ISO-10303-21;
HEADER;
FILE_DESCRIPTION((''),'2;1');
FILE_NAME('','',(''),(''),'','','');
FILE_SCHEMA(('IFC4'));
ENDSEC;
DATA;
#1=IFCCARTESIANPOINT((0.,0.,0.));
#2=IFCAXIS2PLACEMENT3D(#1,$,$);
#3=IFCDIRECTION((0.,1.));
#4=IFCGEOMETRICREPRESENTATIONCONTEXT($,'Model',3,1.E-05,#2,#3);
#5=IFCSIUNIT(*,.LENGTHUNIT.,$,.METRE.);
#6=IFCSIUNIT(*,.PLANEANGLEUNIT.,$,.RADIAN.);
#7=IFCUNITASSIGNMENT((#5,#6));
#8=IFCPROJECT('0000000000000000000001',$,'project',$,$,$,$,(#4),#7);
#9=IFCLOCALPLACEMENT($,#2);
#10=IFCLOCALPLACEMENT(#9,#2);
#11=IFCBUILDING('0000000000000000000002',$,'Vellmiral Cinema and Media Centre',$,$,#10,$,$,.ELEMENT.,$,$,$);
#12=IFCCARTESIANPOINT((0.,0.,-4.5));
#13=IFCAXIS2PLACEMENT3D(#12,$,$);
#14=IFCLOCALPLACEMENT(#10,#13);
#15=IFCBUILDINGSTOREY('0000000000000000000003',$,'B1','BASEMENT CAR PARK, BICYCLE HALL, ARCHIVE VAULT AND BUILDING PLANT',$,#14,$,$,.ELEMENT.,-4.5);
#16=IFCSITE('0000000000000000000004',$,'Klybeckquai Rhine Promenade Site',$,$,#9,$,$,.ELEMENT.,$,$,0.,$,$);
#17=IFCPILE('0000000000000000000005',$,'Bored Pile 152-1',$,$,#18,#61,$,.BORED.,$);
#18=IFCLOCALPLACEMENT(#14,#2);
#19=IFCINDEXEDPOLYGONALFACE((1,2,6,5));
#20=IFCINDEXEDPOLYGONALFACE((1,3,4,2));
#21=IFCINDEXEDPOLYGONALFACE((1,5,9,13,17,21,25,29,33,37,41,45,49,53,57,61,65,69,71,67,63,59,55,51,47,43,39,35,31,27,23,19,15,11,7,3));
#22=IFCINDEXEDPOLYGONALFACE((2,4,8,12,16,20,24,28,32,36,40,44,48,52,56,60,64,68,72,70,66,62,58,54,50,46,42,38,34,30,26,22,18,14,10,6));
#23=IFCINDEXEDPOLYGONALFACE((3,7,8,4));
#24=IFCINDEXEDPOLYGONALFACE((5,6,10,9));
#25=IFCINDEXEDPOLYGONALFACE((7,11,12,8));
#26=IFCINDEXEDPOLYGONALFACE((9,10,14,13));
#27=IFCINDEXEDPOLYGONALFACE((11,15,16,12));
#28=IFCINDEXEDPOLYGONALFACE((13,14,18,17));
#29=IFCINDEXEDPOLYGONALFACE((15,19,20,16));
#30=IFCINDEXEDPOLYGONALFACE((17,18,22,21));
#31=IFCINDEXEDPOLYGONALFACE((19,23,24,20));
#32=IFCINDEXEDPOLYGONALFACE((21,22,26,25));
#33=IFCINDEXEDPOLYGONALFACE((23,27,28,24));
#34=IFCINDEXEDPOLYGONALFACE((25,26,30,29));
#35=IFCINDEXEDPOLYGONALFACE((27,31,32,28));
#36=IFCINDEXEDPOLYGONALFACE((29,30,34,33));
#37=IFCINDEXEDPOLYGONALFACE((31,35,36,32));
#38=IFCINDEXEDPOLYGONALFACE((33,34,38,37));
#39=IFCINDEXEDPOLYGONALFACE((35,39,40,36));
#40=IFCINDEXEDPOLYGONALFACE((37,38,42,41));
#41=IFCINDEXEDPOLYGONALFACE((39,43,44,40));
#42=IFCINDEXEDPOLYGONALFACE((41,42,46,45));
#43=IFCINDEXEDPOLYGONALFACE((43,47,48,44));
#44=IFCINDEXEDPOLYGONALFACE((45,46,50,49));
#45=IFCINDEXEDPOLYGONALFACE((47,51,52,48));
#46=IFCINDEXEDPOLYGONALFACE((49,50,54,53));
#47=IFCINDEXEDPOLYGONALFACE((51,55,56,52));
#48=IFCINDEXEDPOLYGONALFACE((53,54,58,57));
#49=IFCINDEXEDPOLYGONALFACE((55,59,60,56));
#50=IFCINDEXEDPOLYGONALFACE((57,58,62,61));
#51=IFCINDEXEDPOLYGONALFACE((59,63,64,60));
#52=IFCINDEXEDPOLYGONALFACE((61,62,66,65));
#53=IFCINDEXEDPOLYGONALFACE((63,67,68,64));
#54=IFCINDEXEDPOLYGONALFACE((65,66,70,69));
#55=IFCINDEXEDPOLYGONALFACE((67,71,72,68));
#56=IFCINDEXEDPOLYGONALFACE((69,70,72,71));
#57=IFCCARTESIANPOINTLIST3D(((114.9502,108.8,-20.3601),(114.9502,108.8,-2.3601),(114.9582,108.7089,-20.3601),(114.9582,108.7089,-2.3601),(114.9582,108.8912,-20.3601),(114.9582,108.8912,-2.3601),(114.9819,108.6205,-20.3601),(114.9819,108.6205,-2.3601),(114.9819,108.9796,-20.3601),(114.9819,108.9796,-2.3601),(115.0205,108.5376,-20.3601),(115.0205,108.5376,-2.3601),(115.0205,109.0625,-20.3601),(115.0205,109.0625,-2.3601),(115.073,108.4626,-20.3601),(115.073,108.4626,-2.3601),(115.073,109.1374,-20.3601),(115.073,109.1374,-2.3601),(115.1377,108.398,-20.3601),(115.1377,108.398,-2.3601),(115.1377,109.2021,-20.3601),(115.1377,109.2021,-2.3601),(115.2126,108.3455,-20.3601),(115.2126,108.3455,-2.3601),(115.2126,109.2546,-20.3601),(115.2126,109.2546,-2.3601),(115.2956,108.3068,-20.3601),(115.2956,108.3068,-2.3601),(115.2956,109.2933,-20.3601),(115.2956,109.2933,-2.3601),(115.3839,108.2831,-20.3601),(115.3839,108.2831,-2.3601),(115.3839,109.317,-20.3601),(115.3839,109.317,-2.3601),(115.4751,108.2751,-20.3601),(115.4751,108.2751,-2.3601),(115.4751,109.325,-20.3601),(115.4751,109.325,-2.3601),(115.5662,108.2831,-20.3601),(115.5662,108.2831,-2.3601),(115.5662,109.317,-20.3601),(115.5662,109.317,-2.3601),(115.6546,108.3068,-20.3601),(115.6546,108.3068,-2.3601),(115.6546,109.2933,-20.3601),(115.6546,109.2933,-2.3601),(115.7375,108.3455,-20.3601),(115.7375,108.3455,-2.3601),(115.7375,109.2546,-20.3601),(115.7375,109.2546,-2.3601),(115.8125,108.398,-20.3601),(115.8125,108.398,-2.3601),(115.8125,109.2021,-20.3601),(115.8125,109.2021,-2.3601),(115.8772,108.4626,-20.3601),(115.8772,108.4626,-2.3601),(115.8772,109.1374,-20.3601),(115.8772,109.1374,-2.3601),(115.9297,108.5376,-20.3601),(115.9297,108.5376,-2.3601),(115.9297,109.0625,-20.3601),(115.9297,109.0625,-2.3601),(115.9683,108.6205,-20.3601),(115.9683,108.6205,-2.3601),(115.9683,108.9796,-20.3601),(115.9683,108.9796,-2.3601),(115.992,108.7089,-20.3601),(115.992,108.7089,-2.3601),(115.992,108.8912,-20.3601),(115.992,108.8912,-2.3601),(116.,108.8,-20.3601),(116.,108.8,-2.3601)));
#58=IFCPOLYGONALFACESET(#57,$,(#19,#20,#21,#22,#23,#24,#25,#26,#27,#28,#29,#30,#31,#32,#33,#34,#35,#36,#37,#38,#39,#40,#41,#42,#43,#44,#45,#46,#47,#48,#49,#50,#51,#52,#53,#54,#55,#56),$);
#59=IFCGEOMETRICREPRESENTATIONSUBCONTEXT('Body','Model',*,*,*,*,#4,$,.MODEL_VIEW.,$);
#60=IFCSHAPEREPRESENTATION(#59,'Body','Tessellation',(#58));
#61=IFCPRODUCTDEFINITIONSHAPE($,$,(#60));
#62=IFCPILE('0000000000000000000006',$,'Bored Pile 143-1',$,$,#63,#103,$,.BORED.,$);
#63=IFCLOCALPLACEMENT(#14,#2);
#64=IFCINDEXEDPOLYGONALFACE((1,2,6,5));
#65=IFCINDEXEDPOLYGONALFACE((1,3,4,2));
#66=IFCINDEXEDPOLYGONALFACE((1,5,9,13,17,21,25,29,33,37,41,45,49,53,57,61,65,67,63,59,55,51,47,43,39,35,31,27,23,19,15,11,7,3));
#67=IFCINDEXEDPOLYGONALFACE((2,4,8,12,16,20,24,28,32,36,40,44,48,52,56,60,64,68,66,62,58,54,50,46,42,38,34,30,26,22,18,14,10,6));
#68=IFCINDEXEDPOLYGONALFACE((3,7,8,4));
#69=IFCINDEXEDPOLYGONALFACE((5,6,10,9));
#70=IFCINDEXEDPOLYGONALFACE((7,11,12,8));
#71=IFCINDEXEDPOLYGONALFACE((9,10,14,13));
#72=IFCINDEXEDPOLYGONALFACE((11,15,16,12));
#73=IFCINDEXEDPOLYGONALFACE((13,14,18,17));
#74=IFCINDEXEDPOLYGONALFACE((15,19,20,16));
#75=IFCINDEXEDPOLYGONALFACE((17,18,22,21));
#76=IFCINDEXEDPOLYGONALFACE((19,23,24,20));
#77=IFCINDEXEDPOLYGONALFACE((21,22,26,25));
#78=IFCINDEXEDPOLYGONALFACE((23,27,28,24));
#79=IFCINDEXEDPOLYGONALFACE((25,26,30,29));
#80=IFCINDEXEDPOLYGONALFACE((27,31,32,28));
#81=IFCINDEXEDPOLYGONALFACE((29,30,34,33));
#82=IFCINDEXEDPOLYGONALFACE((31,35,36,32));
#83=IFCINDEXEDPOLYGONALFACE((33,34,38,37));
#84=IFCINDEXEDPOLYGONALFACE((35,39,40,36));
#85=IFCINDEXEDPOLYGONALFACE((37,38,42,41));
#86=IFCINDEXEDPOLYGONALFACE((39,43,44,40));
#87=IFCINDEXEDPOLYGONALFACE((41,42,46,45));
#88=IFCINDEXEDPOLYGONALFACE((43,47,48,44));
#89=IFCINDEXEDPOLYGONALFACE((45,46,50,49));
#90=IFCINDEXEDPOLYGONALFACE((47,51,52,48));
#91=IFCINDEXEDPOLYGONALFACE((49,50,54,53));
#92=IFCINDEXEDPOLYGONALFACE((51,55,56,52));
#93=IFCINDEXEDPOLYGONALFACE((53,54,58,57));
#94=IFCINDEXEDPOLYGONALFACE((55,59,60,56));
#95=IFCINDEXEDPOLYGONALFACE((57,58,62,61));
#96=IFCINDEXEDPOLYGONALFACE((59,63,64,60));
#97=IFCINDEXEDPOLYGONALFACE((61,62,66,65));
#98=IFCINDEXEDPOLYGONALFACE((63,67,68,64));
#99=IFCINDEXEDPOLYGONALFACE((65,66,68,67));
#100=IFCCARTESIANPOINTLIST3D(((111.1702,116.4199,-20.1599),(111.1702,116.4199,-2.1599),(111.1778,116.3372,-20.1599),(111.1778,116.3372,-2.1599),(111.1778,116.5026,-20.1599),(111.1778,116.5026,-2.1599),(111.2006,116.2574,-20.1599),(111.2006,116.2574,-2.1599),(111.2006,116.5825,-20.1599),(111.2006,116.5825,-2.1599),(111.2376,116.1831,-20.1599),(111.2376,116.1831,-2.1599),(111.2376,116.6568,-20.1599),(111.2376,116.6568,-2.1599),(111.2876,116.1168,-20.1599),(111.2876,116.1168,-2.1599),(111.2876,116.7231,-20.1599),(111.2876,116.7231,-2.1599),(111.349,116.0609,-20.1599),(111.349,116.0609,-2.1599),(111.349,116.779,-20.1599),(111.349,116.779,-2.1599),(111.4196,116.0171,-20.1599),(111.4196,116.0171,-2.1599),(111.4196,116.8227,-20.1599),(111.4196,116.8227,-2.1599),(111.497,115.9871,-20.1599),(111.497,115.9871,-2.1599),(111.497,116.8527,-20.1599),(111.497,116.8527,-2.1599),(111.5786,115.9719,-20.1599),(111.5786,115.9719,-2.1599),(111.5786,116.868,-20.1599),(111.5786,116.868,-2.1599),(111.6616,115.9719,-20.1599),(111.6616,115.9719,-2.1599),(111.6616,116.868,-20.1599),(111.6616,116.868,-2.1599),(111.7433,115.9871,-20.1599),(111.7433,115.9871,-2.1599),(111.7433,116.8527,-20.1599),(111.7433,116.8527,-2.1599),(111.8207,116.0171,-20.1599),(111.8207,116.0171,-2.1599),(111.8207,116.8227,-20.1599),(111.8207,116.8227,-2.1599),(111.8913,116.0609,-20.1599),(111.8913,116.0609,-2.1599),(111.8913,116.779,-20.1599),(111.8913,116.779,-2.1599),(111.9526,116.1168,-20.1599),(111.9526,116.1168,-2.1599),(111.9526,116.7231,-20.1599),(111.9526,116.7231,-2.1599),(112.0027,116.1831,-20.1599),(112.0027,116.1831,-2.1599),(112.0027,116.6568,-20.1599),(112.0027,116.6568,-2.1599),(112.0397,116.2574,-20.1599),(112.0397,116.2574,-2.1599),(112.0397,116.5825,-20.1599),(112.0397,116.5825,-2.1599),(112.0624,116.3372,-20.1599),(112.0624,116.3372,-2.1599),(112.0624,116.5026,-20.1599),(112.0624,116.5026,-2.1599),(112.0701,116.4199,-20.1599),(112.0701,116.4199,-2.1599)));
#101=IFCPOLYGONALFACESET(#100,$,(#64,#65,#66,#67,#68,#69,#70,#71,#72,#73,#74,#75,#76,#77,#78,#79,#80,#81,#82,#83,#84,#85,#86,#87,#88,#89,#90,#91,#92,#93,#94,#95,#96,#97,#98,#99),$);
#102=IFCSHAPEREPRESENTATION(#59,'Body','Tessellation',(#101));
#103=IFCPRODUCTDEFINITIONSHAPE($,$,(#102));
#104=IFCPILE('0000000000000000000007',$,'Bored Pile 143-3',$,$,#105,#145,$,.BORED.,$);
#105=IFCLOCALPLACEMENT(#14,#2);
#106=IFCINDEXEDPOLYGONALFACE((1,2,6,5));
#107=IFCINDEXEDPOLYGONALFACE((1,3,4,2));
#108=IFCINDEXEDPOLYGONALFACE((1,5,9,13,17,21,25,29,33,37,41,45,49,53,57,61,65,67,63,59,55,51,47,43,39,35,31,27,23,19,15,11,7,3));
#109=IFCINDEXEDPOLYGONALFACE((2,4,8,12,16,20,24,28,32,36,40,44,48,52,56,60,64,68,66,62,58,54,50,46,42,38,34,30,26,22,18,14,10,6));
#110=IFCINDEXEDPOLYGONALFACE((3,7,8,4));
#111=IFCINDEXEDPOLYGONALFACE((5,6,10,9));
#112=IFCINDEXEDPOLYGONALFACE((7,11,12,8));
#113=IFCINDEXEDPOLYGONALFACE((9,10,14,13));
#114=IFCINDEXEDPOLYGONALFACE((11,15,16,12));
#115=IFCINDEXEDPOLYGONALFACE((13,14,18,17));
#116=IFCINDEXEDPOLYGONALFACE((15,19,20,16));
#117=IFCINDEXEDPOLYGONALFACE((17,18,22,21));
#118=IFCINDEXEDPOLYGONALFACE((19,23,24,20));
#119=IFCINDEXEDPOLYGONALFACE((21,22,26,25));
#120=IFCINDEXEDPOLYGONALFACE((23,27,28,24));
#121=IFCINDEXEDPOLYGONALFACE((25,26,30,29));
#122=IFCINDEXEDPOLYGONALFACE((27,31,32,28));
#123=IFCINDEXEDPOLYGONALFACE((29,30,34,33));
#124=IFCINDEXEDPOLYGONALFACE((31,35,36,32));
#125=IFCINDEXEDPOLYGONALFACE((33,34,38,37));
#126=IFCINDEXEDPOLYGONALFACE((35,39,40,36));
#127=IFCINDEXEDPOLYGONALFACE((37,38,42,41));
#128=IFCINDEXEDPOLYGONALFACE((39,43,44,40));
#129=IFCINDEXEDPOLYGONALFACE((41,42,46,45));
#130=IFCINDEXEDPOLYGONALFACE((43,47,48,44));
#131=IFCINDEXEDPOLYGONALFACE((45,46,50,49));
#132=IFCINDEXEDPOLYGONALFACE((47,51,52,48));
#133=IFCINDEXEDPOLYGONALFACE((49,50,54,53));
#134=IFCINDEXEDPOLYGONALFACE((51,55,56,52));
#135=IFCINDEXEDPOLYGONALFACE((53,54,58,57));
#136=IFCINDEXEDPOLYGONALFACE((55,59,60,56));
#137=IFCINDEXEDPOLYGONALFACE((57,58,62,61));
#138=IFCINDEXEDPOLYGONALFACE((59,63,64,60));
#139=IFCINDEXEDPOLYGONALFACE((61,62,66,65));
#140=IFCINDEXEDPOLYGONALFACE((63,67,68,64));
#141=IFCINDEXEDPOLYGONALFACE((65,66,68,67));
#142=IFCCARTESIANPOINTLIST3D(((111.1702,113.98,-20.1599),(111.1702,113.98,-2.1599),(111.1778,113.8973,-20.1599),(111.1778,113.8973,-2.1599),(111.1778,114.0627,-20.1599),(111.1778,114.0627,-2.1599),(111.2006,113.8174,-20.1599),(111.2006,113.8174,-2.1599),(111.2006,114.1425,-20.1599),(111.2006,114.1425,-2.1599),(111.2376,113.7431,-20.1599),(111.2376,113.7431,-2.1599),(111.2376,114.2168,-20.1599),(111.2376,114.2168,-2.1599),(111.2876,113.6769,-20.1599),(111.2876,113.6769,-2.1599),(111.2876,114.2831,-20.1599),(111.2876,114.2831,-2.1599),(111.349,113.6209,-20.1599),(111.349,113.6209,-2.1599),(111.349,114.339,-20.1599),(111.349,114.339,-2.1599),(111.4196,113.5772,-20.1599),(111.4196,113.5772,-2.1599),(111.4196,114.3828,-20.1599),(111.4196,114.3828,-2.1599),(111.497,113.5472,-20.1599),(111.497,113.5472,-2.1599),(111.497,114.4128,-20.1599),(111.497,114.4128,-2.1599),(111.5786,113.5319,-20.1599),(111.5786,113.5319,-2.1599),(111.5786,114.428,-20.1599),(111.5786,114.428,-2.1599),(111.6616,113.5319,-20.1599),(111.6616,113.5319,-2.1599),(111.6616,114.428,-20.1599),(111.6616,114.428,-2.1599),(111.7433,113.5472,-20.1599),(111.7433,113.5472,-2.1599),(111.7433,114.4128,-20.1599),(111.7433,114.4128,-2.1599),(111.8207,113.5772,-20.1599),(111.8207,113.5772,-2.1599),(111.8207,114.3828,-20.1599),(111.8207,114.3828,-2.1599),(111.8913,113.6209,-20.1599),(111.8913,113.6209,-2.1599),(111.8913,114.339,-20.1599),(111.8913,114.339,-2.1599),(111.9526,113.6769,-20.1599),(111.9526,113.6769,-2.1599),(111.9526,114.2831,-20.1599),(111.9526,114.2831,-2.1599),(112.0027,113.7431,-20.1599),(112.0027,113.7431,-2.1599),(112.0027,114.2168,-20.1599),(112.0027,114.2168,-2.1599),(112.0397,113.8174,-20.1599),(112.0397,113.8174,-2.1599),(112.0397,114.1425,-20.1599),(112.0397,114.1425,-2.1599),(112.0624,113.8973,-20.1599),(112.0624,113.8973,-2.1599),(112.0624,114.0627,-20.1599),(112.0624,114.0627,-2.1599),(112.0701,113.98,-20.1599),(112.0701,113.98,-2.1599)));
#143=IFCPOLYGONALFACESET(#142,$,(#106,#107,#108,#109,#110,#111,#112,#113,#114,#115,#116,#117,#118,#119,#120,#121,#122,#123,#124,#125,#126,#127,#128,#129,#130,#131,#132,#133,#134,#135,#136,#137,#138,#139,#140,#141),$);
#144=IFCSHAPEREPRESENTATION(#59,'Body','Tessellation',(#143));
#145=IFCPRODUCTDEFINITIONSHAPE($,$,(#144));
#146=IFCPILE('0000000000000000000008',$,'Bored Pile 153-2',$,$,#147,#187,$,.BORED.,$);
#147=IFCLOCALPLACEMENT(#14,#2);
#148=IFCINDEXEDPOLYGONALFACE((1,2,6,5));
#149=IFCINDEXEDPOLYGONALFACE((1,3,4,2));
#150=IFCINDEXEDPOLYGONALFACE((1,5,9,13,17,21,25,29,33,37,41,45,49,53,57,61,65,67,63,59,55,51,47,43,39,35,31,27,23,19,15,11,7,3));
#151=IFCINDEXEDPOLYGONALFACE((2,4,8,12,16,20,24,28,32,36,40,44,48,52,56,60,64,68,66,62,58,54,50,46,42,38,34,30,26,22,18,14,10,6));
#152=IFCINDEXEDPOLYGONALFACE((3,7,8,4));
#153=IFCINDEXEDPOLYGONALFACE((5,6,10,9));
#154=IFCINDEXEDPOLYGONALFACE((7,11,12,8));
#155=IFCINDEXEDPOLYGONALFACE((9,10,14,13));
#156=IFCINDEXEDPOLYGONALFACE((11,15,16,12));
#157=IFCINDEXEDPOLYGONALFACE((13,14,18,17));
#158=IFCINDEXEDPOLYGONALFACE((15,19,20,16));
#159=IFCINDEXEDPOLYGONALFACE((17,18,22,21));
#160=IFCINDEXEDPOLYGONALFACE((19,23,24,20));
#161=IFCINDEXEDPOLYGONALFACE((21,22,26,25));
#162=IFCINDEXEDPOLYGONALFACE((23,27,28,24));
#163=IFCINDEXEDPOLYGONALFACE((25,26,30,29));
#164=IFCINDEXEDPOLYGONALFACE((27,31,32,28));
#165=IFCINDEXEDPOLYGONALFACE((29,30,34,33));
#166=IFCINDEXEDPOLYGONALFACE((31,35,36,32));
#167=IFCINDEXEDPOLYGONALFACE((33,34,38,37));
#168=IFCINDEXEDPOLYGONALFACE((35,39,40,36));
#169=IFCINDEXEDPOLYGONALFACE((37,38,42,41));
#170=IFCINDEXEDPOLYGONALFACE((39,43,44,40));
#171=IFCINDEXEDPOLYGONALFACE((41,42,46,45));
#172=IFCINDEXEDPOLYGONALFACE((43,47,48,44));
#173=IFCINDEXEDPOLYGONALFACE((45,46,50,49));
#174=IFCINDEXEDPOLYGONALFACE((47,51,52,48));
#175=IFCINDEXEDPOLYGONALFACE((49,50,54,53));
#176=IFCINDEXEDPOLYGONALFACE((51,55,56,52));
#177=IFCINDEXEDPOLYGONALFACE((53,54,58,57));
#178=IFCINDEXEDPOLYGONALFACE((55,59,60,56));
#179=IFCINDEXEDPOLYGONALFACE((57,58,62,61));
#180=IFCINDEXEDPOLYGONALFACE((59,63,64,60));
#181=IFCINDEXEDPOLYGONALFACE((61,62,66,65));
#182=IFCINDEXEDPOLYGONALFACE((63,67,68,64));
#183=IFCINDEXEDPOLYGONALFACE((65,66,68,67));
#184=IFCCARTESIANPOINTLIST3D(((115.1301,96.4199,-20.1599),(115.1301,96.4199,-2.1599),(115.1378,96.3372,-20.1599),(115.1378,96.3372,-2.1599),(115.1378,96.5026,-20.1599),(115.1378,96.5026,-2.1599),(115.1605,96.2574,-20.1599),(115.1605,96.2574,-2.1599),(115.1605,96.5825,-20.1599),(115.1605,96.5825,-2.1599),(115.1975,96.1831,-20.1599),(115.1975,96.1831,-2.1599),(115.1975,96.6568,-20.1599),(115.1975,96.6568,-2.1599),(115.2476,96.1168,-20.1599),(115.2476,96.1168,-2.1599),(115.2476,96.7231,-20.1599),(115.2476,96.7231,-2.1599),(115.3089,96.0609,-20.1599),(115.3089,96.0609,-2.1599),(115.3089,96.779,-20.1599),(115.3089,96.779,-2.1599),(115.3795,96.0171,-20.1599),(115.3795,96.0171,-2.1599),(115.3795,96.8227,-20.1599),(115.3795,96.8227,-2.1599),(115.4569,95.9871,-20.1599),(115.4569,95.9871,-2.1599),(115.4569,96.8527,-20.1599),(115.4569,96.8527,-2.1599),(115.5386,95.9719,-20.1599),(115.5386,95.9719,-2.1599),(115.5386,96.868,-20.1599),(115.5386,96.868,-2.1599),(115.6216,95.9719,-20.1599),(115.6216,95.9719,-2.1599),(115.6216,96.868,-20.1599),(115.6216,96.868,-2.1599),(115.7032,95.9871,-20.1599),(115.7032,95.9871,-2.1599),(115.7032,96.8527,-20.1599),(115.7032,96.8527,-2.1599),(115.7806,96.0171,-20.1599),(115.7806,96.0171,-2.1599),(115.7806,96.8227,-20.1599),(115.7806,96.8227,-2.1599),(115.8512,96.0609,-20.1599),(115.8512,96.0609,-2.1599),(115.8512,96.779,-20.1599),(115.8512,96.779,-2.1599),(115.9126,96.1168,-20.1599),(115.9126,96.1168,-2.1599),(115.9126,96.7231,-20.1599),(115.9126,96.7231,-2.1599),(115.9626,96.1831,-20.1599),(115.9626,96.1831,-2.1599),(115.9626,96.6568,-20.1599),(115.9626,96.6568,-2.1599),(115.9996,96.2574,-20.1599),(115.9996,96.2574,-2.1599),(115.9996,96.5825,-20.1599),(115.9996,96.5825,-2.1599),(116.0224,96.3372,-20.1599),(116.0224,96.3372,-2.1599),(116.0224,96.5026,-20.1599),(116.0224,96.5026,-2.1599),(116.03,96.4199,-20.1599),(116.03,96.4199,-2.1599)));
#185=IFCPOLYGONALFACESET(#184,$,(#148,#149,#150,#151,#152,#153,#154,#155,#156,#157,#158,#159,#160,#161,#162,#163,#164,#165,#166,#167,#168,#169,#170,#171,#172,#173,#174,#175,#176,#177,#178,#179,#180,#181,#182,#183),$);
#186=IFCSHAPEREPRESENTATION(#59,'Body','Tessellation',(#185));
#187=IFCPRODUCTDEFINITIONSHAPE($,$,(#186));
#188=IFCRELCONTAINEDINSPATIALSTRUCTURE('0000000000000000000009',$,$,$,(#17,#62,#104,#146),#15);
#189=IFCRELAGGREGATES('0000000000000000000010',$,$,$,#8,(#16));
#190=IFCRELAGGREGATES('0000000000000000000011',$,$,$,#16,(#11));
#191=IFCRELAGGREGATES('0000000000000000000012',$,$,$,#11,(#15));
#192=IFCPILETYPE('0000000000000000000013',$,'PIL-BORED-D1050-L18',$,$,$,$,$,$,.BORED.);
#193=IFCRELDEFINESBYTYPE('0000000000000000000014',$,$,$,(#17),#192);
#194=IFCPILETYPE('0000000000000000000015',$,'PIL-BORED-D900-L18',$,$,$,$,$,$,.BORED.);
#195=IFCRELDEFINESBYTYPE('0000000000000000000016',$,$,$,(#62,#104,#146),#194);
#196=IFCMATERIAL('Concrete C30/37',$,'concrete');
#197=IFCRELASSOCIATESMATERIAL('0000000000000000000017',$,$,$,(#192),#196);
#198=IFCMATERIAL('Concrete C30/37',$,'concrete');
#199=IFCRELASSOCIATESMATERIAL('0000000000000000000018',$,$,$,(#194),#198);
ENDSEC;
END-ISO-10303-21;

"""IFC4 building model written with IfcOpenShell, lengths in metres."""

from ifc_helpers import new_model, si_unit, direction, frame, origin, origin_2d, place, context, subcontext, project, spatial, circle, extrude, material, material_profile, profile_set, type_object, element, save


model = new_model("IFC4")

# Units and contexts
model_context = context("Model", 3, precision=1e-05, world=origin(), true_north=direction((0.0, 1.0)))
body_context = subcontext(model_context, "Body", "Model", "MODEL_VIEW")
ifc_project = project(units=[si_unit("LENGTHUNIT", "METRE"), si_unit("PLANEANGLEUNIT", "RADIAN")], contexts=[model_context])

# Site, building, storey
site_placement = place(None, origin())
site = spatial("IfcSite", under=ifc_project, at=site_placement, Name="Klybeckquai Rhine Promenade Site", CompositionType="ELEMENT", RefElevation=0.0)
building_placement = place(site_placement, origin())
building = spatial("IfcBuilding", under=site, at=building_placement, Name="Vellmiral Cinema and Media Centre", CompositionType="ELEMENT")
storey_placement = place(building_placement, frame((0.0, 0.0, -4.5)))
storey = spatial("IfcBuildingStorey", under=building, at=storey_placement, Name="B1", Description="BASEMENT CAR PARK, BICYCLE HALL, ARCHIVE VAULT AND BUILDING PLANT", CompositionType="ELEMENT", Elevation=-4.5)

# Piles
ifc_material_1 = material(Name="Concrete C30/37", Category="concrete")
ifc_material_profile_1 = material_profile(ifc_material_1, circle(Radius=0.5249, at=origin_2d()), Name="PILE D1050")
ifc_profile_set_1 = profile_set([ifc_material_profile_1], Name="Concrete C30/37")
pile_type_1 = type_object("IfcPileType", Name="PIL-BORED-D1050-L18", PredefinedType="BORED", material=ifc_profile_set_1)
for number, where, z_axis, x_axis, name in (
    (1, (115.4751, 108.8, -2.3601), (0.0, 0.0, -1.0), (1.0, 0.0, 0.0), "Bored Pile 152-1"),
):
    element("IfcPile", number, at=place(storey_placement, frame(where, z_axis=z_axis, x_axis=x_axis)), inside=storey, type_object=pile_type_1, Name=name, PredefinedType="BORED", context=body_context, shape_type="SweptSolid", body=[
        extrude(circle(Radius=0.5249, at=origin_2d()), origin(), (0.0, 0.0, 1.0), 18.0),
    ])
ifc_material_2 = material(Name="Concrete C30/37", Category="concrete")
ifc_material_profile_2 = material_profile(ifc_material_2, circle(Radius=0.45, at=origin_2d()), Name="PILE D900")
ifc_profile_set_2 = profile_set([ifc_material_profile_2], Name="Concrete C30/37")
pile_type_2 = type_object("IfcPileType", Name="PIL-BORED-D900-L18", PredefinedType="BORED", material=ifc_profile_set_2)
for number, where, z_axis, x_axis, name in (
    (2, (111.6201, 116.4199, -2.1599), (0.0, 0.0, -1.0), (1.0, 0.0, 0.0), "Bored Pile 143-1"),
    (3, (111.6201, 113.98, -2.1599), (0.0, 0.0, -1.0), (1.0, 0.0, 0.0), "Bored Pile 143-3"),
    (4, (115.5801, 96.4199, -2.1599), (0.0, 0.0, -1.0), (1.0, 0.0, 0.0), "Bored Pile 153-2"),
):
    element("IfcPile", number, at=place(storey_placement, frame(where, z_axis=z_axis, x_axis=x_axis)), inside=storey, type_object=pile_type_2, Name=name, PredefinedType="BORED", context=body_context, shape_type="SweptSolid", body=[
        extrude(circle(Radius=0.45, at=origin_2d()), origin(), (0.0, 0.0, 1.0), 18.0),
    ])

save(model, "model.ifc")
